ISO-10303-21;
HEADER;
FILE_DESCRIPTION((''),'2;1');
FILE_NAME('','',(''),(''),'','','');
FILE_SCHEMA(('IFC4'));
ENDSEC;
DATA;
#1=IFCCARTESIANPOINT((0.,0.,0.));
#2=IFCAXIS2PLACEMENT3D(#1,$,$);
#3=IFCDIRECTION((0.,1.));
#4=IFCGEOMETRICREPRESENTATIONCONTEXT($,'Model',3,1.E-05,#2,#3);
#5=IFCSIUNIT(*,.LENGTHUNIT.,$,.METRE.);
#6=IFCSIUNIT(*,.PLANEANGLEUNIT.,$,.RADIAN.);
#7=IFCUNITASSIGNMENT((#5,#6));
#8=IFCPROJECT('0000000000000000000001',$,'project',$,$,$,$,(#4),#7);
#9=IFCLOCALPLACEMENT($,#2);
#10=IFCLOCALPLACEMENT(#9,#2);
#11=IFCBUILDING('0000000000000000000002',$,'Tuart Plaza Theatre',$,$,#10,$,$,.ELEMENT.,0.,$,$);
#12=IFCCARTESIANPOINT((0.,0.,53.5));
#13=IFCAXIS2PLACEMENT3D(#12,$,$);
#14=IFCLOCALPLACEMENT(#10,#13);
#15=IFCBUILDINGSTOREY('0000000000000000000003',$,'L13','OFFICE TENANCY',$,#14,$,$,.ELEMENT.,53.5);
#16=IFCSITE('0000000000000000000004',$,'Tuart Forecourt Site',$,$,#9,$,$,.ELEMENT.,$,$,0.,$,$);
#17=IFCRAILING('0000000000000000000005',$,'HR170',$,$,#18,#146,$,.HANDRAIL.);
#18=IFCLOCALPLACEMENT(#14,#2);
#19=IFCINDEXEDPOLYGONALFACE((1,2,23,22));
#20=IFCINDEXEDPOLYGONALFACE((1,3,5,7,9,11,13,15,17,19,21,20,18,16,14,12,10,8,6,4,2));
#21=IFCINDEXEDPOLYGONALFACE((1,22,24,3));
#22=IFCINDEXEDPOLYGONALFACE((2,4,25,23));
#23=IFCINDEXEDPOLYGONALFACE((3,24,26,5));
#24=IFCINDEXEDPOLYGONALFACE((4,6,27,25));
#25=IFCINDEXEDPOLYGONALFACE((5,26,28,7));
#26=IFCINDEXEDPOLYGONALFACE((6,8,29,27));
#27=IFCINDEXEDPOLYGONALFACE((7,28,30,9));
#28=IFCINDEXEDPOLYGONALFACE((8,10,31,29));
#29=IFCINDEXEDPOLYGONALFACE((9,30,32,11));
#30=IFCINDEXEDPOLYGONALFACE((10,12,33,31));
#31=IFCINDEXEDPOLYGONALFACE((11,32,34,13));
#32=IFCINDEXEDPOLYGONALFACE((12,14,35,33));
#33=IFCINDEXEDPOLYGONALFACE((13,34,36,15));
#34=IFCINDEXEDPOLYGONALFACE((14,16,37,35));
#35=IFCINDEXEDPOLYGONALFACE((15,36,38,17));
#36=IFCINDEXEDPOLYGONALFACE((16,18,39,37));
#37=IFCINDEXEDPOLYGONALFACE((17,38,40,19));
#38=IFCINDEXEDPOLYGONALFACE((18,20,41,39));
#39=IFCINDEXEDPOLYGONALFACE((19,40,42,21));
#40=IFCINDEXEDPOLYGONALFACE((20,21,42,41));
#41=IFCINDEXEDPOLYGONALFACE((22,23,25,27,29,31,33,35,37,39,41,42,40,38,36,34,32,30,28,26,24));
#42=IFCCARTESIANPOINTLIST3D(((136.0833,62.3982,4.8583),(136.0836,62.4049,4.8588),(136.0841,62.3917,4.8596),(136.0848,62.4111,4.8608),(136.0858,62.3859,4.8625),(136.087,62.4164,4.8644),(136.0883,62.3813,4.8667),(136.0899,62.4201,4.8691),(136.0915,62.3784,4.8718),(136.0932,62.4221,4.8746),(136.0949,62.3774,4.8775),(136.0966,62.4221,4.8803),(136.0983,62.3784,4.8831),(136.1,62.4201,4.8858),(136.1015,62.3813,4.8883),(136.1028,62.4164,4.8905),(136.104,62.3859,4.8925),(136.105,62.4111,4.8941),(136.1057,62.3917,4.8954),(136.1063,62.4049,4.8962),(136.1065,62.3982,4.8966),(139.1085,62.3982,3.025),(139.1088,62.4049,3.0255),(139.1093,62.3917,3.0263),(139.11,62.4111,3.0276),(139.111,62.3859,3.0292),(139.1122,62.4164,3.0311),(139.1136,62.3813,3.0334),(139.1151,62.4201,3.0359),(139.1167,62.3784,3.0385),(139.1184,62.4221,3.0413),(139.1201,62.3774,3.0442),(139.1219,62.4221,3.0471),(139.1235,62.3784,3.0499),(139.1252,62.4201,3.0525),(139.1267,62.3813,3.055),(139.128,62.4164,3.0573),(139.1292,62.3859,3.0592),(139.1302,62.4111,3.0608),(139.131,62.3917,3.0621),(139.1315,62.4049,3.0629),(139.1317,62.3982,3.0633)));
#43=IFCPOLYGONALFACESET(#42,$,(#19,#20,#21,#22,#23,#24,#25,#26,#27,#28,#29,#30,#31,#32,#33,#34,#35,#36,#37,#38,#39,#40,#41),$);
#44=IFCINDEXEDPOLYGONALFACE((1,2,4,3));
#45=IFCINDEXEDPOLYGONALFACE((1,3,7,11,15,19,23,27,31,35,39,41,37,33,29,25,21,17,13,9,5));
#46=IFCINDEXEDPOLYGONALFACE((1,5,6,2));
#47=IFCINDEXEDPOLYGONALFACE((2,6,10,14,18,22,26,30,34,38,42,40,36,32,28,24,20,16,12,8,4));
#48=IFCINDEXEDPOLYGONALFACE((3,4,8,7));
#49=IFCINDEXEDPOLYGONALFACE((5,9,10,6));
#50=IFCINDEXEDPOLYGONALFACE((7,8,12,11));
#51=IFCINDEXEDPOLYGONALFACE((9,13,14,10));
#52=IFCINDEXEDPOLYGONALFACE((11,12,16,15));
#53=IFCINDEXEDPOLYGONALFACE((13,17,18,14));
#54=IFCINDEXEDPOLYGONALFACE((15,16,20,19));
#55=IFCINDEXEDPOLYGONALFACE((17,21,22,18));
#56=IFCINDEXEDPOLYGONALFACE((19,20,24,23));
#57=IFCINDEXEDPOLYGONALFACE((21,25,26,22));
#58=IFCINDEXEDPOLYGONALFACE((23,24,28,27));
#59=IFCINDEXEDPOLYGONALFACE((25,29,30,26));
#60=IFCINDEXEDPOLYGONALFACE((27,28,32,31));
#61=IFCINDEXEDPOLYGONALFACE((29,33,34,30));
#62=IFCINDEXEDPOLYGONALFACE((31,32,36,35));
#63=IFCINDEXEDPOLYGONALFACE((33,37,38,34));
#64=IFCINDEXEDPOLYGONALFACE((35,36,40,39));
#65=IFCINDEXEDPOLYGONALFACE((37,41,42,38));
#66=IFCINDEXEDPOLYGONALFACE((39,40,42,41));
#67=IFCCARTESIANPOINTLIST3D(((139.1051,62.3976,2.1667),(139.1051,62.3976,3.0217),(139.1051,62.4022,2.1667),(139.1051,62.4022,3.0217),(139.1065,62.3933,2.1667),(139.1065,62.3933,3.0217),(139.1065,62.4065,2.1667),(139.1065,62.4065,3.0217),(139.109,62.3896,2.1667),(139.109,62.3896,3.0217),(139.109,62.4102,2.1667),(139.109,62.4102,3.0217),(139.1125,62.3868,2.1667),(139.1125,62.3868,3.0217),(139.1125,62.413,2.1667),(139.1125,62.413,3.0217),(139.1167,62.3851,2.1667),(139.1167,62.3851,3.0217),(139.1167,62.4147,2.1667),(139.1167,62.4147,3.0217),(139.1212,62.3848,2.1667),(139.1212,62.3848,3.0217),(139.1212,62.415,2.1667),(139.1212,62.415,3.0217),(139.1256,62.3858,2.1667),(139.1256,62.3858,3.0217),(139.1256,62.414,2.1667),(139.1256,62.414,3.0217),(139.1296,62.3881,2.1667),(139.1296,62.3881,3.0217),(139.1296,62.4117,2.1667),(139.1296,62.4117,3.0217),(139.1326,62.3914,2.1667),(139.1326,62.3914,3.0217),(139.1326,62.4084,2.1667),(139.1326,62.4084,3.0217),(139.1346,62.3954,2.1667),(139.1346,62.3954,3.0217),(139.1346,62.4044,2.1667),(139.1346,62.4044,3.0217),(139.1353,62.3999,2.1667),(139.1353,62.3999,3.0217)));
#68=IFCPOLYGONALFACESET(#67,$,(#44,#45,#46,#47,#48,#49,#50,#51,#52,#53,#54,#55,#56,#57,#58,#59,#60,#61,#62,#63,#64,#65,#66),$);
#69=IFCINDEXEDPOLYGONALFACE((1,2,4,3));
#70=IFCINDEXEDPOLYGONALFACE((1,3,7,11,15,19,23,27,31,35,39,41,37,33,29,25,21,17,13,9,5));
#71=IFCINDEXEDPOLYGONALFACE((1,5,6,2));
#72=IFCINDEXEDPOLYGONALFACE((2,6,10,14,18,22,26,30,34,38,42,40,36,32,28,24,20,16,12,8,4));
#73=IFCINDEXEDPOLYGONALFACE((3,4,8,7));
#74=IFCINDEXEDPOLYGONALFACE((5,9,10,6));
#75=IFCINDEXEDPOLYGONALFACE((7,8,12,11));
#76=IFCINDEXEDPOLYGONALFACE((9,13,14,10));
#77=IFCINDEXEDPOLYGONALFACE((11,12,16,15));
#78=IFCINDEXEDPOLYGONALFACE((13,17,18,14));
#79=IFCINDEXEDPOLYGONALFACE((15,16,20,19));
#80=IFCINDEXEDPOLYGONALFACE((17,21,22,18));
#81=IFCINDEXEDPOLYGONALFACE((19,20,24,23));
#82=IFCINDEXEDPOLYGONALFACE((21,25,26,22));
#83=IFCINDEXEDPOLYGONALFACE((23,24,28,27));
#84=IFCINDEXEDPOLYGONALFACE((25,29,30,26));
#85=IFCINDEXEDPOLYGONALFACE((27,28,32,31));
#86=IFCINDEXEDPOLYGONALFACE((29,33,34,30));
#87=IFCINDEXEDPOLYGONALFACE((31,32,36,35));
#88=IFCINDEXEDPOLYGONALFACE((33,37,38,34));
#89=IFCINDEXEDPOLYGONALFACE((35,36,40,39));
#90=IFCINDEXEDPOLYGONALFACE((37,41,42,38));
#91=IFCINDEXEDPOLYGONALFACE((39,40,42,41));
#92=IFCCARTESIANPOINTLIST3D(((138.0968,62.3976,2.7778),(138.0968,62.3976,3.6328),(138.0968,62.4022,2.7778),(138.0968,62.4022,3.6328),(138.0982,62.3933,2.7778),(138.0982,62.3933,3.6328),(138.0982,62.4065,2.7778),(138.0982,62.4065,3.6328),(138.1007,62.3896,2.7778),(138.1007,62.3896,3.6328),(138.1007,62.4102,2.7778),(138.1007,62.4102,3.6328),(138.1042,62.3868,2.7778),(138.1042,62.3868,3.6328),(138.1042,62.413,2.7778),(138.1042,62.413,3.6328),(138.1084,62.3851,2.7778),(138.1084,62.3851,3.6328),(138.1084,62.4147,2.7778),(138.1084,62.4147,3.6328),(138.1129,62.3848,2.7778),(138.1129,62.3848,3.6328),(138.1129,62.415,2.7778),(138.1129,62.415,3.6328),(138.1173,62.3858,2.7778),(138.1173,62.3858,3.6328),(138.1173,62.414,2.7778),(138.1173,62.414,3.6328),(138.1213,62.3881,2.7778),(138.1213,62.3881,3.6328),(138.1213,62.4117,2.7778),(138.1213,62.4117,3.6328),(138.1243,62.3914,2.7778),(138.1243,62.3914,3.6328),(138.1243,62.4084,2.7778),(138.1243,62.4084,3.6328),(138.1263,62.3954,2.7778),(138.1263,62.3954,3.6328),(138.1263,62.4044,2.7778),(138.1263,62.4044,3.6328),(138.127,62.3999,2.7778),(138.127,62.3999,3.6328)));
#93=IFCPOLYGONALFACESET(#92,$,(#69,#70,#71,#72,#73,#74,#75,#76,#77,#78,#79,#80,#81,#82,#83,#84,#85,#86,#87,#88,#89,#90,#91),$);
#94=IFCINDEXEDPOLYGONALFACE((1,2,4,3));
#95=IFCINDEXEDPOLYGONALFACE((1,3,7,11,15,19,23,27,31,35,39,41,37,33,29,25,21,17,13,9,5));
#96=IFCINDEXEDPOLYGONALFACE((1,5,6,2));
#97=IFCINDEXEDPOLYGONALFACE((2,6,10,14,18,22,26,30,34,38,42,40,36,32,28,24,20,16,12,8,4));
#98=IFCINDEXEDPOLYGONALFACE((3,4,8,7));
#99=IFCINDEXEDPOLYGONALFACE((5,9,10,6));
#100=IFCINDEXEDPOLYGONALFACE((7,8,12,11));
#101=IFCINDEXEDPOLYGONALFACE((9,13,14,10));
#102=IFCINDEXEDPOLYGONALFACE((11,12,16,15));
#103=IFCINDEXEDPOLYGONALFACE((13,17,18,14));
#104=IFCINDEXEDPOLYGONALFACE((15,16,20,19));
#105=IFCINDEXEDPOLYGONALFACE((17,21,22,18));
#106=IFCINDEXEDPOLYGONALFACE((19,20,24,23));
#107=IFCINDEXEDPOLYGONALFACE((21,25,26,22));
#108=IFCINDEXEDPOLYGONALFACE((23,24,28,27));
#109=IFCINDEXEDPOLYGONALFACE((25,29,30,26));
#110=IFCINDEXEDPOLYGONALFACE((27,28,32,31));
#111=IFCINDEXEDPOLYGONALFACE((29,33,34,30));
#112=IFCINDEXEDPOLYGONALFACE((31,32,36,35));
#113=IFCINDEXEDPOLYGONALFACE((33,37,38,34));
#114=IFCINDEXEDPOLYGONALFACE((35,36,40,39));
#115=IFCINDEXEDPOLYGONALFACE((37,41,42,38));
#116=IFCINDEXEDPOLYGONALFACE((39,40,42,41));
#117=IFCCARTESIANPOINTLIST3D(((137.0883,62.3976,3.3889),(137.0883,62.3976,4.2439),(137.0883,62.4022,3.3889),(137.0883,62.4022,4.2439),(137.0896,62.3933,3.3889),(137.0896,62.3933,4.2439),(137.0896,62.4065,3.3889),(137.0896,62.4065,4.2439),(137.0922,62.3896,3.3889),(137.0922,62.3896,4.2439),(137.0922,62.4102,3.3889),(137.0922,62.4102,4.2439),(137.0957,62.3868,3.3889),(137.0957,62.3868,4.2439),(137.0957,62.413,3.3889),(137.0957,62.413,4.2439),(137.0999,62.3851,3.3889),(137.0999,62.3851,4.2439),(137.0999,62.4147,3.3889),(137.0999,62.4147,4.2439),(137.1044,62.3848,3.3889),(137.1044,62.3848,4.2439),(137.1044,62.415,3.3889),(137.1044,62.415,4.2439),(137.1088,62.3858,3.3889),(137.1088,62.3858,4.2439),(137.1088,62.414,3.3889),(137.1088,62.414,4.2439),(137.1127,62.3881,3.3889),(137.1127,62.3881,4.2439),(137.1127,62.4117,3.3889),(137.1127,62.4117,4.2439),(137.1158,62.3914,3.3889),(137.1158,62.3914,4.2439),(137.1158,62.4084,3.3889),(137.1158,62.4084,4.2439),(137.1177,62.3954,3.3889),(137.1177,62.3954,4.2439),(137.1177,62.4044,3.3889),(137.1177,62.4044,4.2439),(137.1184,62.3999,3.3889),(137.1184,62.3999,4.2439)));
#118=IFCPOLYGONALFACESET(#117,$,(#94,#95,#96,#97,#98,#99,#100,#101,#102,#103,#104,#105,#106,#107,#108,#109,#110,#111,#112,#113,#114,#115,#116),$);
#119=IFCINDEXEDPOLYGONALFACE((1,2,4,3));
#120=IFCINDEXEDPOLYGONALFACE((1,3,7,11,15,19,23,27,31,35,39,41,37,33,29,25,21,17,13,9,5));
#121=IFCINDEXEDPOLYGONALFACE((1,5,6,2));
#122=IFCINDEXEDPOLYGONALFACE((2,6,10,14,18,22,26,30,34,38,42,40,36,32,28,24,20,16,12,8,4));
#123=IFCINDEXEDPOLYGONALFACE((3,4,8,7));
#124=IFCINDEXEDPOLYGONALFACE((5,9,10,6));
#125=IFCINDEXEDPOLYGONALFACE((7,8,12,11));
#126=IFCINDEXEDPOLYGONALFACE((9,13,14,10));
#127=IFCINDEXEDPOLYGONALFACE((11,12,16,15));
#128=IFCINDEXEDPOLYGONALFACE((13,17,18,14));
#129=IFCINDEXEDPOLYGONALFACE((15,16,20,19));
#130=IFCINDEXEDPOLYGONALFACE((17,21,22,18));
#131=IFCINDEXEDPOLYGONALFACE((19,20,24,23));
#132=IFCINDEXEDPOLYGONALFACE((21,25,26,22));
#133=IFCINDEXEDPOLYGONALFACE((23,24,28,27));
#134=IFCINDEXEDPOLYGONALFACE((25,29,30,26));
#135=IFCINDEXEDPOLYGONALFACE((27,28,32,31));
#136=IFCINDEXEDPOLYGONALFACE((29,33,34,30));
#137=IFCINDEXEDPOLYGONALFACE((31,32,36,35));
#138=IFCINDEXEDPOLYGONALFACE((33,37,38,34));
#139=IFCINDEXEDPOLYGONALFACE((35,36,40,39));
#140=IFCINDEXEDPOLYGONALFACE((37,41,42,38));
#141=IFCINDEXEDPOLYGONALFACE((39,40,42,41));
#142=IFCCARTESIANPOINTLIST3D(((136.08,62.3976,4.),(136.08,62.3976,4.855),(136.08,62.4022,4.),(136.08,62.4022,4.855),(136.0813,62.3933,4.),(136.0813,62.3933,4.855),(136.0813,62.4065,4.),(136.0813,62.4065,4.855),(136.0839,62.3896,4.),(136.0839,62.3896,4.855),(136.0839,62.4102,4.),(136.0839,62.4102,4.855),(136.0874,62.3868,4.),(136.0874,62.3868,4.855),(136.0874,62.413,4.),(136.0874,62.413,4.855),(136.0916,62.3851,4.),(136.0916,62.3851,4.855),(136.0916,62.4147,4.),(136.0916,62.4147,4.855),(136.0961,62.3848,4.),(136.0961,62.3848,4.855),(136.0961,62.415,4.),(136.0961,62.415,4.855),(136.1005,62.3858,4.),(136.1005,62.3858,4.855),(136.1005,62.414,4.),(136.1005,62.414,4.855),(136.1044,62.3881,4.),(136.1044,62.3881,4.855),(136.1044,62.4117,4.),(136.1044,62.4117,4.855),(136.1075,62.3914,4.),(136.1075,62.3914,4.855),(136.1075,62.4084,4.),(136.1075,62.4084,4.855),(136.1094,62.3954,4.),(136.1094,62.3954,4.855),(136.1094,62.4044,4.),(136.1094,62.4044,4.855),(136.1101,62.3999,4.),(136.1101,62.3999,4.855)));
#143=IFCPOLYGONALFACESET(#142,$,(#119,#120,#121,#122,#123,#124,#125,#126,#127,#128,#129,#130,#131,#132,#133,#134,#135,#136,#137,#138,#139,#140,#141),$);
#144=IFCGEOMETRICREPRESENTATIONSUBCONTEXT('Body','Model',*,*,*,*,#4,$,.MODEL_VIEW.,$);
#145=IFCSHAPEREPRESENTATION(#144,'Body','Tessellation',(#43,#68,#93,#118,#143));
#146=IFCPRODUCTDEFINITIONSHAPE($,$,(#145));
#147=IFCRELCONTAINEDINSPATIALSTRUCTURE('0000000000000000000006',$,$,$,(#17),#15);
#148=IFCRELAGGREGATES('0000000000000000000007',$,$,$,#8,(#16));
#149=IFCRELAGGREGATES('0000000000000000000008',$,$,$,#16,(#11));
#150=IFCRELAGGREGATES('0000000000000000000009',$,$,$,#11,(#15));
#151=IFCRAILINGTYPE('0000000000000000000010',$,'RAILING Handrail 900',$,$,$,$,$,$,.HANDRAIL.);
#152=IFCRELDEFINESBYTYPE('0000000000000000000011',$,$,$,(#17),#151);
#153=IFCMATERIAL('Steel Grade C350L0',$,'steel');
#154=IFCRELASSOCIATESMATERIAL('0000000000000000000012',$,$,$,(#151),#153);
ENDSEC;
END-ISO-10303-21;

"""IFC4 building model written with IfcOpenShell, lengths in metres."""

from ifc_helpers import new_model, si_unit, direction, frame, origin, origin_2d, place, context, subcontext, project, spatial, circle, extrude, material, type_object, element, save


model = new_model("IFC4")

# Units and contexts
model_context = context("Model", 3, precision=1e-05, world=origin(), true_north=direction((0.0, 1.0)))
body_context = subcontext(model_context, "Body", "Model", "MODEL_VIEW")
ifc_project = project(units=[si_unit("LENGTHUNIT", "METRE"), si_unit("PLANEANGLEUNIT", "RADIAN")], contexts=[model_context])

# Site, building, storey
site_placement = place(None, origin())
site = spatial("IfcSite", under=ifc_project, at=site_placement, Name="Tuart Forecourt Site", CompositionType="ELEMENT", RefElevation=0.0)
building_placement = place(site_placement, origin())
building = spatial("IfcBuilding", under=site, at=building_placement, Name="Tuart Plaza Theatre", CompositionType="ELEMENT", ElevationOfRefHeight=0.0)
storey_placement = place(building_placement, frame((0.0, 0.0, 53.5)))
storey = spatial("IfcBuildingStorey", under=building, at=storey_placement, Name="L13", Description="OFFICE TENANCY", CompositionType="ELEMENT", Elevation=53.5)

# Railing
ifc_material_1 = material(Name="Steel Grade C350L0", Category="steel")
railing_type_1 = type_object("IfcRailingType", Name="RAILING Handrail 900", PredefinedType="HANDRAIL", material=ifc_material_1)
for number, where, name in (
    (1, (139.1201, 62.3999, 2.1667), "HR170"),
):
    element("IfcRailing", number, at=place(storey_placement, frame(where)), inside=storey, type_object=railing_type_1, Name=name, PredefinedType="HANDRAIL", context=body_context, shape_type="SweptSolid", body=[
        extrude(circle(Radius=0.0225, at=origin_2d()), frame((0.0, 0.0, 0.8774), z_axis=(-0.855219, 0.0, 0.518267), x_axis=(0.0, -1.0, 0.0)), (0.0, 0.0, 1.0), 3.5374),
        extrude(circle(Radius=0.0151, at=origin_2d()), origin(), (0.0, 0.0, 1.0), 0.855),
        extrude(circle(Radius=0.0151, at=origin_2d()), frame((-1.0083, 0.0, 0.6111)), (0.0, 0.0, 1.0), 0.855),
        extrude(circle(Radius=0.0151, at=origin_2d()), frame((-2.0168, 0.0, 1.2222)), (0.0, 0.0, 1.0), 0.855),
        extrude(circle(Radius=0.0151, at=origin_2d()), frame((-3.0251, 0.0, 1.8333)), (0.0, 0.0, 1.0), 0.855),
    ])

save(model, "model.ifc")
